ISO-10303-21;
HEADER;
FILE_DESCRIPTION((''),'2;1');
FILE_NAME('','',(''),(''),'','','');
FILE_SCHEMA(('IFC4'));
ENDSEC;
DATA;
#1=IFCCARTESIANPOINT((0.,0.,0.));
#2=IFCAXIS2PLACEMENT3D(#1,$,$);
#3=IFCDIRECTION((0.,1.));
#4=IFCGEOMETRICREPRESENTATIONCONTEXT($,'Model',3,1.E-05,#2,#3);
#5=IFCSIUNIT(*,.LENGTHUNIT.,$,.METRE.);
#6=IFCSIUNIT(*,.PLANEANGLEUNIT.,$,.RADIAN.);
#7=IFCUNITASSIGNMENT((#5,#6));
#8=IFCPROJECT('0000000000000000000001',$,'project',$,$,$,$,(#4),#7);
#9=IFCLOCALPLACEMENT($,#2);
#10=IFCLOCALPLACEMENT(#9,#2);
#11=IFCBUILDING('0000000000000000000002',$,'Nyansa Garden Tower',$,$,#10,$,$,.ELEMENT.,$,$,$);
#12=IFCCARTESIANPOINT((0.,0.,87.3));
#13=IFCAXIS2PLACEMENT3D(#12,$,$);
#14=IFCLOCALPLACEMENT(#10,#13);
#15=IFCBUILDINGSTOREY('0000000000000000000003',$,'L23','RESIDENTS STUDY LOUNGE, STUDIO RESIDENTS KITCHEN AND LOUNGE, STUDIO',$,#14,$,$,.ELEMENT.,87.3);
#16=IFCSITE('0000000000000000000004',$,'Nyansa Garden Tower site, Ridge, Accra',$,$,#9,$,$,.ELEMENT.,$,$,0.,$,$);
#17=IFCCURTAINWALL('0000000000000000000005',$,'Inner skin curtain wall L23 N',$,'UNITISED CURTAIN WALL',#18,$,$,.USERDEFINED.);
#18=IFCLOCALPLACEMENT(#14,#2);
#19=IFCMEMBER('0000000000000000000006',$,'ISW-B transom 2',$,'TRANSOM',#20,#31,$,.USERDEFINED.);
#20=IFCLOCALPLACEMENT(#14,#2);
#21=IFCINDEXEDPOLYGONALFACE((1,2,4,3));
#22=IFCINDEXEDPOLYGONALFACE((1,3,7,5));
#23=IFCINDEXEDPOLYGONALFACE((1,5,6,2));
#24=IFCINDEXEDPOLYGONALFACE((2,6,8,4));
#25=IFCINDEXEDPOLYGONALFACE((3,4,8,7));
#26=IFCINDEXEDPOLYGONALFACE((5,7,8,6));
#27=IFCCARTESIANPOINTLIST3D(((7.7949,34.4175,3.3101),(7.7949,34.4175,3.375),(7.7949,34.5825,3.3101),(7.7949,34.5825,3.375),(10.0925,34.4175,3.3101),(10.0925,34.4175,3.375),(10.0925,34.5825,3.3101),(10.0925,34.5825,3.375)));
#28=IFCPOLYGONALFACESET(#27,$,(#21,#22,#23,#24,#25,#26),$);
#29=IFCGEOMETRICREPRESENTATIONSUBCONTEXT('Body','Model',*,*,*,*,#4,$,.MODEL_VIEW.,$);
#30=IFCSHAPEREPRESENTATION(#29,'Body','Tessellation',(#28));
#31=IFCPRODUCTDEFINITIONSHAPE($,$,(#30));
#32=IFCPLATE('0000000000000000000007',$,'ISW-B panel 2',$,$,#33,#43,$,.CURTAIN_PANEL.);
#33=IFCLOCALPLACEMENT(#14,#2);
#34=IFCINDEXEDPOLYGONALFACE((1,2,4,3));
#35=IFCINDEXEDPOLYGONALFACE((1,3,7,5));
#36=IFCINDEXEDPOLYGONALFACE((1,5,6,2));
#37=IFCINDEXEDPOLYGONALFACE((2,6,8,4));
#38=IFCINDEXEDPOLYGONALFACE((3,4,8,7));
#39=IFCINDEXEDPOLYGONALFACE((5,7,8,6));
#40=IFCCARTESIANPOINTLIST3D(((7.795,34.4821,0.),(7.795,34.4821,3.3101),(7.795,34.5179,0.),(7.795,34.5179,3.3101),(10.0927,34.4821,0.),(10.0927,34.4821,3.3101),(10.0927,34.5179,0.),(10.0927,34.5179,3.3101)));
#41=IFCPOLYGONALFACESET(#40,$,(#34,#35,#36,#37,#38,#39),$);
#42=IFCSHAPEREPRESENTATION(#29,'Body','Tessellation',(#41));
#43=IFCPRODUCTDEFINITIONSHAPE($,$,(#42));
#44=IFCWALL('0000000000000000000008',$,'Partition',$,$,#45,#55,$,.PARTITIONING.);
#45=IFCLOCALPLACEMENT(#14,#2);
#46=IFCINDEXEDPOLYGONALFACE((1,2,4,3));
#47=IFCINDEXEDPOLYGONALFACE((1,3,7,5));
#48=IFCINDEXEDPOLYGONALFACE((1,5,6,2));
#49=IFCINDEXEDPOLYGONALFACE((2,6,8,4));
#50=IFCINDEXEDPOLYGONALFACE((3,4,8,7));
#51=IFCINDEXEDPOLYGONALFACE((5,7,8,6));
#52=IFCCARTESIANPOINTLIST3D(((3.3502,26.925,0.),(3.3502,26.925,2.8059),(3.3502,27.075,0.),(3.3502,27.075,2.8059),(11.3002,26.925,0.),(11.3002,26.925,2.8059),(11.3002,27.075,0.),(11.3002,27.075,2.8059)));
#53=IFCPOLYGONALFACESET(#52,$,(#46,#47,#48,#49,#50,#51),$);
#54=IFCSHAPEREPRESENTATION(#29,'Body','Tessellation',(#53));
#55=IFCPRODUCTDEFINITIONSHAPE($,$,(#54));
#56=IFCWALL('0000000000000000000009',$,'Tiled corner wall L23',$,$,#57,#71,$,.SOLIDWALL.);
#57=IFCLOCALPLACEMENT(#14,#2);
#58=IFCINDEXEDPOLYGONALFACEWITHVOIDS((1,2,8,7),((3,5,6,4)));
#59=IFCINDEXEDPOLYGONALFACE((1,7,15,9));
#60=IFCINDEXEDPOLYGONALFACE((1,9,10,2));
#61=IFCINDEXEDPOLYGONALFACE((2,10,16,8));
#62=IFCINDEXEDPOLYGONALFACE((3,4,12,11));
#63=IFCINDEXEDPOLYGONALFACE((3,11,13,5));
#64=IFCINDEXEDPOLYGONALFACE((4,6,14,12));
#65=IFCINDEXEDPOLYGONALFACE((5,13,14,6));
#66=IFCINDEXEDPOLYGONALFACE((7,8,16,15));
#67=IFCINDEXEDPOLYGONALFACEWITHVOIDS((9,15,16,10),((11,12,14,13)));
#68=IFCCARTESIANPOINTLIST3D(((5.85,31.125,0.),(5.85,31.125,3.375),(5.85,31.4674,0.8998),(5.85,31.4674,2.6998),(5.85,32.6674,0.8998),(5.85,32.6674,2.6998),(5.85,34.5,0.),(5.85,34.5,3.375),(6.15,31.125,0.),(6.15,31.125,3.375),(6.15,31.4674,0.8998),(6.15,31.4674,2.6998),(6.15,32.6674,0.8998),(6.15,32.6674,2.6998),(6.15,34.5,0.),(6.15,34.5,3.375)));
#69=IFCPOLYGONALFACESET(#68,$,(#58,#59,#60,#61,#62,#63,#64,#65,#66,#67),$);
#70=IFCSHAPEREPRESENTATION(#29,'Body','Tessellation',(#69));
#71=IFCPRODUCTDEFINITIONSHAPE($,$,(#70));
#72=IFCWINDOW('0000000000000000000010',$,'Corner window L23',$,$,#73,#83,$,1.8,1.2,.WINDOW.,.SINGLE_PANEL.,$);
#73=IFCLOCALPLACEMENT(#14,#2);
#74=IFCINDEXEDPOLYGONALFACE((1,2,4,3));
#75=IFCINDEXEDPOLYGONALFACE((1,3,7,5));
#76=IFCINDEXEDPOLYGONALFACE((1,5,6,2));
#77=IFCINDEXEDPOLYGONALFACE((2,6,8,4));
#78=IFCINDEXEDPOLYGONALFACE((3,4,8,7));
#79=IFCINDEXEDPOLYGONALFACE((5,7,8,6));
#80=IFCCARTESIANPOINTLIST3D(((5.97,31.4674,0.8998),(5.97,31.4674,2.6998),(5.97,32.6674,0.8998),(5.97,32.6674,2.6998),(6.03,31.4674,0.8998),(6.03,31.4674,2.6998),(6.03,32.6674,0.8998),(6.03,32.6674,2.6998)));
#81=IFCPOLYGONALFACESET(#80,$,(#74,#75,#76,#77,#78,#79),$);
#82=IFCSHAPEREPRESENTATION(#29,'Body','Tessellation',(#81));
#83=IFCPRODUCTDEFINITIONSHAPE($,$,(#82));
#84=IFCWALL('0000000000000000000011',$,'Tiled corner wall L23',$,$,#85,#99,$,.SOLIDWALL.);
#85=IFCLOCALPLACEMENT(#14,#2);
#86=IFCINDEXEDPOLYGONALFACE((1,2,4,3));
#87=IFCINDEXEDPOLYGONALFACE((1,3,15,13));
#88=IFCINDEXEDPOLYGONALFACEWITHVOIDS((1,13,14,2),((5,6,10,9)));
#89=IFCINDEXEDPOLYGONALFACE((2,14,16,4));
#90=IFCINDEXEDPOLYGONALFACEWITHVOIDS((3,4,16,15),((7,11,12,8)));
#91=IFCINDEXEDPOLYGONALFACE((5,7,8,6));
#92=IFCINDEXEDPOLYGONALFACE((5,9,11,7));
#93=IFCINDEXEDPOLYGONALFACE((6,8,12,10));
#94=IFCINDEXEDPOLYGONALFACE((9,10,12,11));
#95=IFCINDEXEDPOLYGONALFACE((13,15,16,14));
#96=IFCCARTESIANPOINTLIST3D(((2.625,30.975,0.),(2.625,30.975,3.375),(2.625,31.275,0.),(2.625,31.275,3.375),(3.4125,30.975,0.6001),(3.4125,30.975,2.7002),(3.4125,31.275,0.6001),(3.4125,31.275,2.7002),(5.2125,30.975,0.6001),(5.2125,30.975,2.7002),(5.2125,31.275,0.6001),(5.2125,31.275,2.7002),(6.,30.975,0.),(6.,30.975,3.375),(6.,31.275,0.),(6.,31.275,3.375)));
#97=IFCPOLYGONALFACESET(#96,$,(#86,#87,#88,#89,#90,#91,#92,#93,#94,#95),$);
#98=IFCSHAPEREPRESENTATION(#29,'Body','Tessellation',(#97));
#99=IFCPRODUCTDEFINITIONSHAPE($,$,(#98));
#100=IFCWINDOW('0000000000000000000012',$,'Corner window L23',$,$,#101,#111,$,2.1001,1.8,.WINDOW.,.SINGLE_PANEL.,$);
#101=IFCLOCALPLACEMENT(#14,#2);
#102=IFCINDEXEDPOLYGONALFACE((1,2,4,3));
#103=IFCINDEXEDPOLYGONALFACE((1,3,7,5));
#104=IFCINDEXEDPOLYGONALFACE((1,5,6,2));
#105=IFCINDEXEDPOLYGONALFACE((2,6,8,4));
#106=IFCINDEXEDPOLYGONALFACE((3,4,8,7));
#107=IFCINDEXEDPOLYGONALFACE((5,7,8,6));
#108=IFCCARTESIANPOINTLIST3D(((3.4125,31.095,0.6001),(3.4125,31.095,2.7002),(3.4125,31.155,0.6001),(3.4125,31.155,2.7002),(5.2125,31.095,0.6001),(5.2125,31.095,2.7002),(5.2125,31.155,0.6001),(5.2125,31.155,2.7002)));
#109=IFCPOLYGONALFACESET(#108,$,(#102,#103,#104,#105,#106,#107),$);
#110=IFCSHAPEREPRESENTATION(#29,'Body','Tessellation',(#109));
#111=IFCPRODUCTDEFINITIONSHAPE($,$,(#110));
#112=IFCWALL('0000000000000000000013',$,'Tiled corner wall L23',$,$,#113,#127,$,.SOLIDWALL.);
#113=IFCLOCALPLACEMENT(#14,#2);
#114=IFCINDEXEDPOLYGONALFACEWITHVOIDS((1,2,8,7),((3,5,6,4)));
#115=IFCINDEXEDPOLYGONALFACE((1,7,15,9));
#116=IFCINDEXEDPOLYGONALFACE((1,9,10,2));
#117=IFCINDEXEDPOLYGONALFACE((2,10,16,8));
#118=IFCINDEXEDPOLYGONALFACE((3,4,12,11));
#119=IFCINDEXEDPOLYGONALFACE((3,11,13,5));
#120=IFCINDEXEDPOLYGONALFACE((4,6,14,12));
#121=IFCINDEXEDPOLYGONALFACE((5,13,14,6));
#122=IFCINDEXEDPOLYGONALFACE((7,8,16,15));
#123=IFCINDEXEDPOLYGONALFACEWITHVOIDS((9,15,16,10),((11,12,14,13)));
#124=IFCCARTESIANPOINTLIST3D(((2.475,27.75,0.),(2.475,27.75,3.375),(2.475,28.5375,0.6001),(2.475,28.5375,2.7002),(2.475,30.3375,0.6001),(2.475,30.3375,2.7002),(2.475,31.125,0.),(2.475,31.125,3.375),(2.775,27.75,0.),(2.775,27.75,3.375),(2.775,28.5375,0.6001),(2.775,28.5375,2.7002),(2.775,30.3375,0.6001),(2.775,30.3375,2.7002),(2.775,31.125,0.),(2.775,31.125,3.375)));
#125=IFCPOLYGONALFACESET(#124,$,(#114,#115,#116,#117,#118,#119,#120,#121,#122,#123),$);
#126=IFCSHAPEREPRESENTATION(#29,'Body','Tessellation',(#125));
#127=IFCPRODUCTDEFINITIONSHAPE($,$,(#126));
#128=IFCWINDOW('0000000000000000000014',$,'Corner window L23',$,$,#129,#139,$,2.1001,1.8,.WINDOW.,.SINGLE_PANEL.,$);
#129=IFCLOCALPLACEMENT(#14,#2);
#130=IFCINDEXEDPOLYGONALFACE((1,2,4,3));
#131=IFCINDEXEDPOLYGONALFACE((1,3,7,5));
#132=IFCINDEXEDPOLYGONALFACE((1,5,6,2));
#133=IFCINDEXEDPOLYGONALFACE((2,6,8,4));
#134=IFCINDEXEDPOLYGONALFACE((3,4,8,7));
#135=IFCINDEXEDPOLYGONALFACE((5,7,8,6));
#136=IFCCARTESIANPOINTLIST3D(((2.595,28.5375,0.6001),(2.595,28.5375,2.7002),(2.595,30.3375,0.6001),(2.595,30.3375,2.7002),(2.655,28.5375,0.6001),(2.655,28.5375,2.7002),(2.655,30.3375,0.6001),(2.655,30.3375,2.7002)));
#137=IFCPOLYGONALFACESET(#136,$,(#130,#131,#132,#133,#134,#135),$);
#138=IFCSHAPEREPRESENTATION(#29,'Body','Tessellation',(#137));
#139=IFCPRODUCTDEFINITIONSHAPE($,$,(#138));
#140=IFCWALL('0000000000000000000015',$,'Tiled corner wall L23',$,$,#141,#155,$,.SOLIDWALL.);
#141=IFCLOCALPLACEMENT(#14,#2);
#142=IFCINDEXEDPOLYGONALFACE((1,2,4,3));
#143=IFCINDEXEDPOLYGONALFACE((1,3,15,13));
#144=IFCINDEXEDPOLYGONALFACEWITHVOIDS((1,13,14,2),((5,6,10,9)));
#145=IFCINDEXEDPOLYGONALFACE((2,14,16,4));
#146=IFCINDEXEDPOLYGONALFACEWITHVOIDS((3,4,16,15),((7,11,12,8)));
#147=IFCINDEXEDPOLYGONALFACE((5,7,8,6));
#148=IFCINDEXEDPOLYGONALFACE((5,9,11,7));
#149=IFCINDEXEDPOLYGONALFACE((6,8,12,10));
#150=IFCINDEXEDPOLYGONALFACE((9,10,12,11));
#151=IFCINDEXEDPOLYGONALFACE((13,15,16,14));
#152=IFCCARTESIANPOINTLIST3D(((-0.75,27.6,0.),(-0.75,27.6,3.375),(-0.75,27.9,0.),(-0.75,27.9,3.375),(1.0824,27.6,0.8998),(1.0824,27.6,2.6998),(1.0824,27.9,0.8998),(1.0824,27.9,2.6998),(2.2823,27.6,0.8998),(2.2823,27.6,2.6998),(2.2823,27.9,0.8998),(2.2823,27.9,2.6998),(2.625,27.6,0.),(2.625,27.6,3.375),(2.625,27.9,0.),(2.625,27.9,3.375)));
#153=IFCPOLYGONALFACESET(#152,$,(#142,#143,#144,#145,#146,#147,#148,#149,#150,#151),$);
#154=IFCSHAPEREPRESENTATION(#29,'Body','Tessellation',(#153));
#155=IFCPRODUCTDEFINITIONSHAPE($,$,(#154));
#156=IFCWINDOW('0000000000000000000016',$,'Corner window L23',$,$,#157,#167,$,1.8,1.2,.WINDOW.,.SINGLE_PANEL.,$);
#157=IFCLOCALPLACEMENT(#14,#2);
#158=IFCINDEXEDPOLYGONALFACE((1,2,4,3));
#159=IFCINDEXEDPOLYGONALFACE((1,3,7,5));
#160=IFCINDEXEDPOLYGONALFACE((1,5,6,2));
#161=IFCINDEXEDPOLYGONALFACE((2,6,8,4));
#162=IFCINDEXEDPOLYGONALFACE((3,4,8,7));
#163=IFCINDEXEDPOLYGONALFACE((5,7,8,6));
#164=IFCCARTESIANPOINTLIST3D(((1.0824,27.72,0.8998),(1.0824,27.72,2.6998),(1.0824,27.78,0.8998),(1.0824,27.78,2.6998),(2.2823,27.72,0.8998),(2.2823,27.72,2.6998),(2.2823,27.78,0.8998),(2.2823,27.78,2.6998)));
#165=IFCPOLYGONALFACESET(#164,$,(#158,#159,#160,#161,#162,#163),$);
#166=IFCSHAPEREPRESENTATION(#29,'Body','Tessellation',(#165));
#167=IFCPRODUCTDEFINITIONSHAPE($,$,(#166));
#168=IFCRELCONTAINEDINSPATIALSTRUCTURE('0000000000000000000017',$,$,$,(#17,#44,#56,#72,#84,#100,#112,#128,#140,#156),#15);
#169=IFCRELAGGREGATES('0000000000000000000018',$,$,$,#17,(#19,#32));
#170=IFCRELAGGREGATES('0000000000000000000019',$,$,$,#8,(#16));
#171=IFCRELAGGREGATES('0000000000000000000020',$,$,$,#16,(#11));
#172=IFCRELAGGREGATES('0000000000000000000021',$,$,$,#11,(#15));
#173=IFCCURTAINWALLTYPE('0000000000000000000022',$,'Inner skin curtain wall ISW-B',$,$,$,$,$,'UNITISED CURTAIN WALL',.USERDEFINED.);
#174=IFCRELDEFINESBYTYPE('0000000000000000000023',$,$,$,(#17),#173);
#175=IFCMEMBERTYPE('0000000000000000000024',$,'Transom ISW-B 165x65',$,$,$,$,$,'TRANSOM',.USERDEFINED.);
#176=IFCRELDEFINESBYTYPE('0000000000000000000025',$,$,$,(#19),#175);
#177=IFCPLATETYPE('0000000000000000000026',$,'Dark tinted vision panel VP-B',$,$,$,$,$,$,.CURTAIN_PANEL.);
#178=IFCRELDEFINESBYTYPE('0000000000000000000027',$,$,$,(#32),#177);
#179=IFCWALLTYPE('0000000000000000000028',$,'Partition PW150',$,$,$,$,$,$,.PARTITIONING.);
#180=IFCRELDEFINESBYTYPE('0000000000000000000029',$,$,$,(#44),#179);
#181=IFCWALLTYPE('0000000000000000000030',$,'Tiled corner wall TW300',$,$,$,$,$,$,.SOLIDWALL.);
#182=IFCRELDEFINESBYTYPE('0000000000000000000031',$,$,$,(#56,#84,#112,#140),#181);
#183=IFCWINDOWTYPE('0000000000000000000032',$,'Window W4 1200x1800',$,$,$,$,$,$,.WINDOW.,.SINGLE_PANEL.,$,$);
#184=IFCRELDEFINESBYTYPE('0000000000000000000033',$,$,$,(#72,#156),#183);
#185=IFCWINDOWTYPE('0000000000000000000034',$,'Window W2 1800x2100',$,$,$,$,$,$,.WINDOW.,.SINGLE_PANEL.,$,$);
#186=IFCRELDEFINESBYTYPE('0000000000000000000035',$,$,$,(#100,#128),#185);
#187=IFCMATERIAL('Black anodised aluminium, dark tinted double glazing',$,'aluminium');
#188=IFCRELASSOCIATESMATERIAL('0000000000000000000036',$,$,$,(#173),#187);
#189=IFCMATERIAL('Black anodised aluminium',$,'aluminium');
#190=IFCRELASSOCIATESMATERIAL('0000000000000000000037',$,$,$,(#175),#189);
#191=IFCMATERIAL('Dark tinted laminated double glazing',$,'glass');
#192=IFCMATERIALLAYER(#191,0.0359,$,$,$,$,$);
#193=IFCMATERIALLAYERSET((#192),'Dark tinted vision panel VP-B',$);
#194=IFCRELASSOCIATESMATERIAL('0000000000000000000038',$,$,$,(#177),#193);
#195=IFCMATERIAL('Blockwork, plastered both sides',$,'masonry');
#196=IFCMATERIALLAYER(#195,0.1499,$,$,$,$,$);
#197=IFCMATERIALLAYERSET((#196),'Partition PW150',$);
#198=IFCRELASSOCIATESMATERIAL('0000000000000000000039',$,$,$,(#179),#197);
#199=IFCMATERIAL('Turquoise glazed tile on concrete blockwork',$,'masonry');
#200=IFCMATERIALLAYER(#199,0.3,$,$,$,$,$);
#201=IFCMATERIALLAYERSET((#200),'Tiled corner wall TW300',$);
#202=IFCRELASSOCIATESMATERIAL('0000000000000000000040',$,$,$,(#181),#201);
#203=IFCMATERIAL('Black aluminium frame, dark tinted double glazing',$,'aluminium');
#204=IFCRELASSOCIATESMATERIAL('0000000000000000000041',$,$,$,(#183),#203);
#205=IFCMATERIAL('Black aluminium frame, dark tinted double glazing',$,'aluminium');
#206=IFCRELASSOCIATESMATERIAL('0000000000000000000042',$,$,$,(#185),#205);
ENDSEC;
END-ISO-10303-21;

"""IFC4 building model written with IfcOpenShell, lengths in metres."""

from ifc_helpers import new_model, si_unit, direction, frame, frame_2d, origin, origin_2d, place, context, subcontext, project, spatial, rectangle, extrude, material, layer, layer_set, material_profile, profile_set, type_object, element, fill, aggregate, save


model = new_model("IFC4")

# Units and contexts
model_context = context("Model", 3, precision=1e-05, world=origin(), true_north=direction((0.0, 1.0)))
body_context = subcontext(model_context, "Body", "Model", "MODEL_VIEW")
ifc_project = project(units=[si_unit("LENGTHUNIT", "METRE"), si_unit("PLANEANGLEUNIT", "RADIAN")], contexts=[model_context])

# Site, building, storey
site_placement = place(None, origin())
site = spatial("IfcSite", under=ifc_project, at=site_placement, Name="Nyansa Garden Tower site, Ridge, Accra", CompositionType="ELEMENT", RefElevation=0.0)
building_placement = place(site_placement, origin())
building = spatial("IfcBuilding", under=site, at=building_placement, Name="Nyansa Garden Tower", CompositionType="ELEMENT")
storey_placement = place(building_placement, frame((0.0, 0.0, 87.3)))
storey = spatial("IfcBuildingStorey", under=building, at=storey_placement, Name="L23", Description="RESIDENTS STUDY LOUNGE, STUDIO RESIDENTS KITCHEN AND LOUNGE, STUDIO", CompositionType="ELEMENT", Elevation=87.3)

# Curtain wall
ifc_material_1 = material(Name="Black anodised aluminium, dark tinted double glazing", Category="aluminium")
curtain_wall_type = type_object("IfcCurtainWallType", Name="Inner skin curtain wall ISW-B", ElementType="UNITISED CURTAIN WALL", PredefinedType="USERDEFINED", material=ifc_material_1)
curtain_wall_1_placement = place(storey_placement, origin())
curtain_wall_1 = element("IfcCurtainWall", 1, at=curtain_wall_1_placement, inside=storey, type_object=curtain_wall_type, Name="Inner skin curtain wall L23 N", ObjectType="UNITISED CURTAIN WALL", PredefinedType="USERDEFINED")

# Member
ifc_material_2 = material(Name="Black anodised aluminium", Category="aluminium")
ifc_material_profile_1 = material_profile(ifc_material_2, rectangle(XDim=0.165, YDim=0.0649, at=origin_2d()), Name="Transom 165x65")
ifc_profile_set_1 = profile_set([ifc_material_profile_1], Name="Black anodised aluminium")
member_type_1 = type_object("IfcMemberType", Name="Transom ISW-B 165x65", ElementType="TRANSOM", PredefinedType="USERDEFINED", material=ifc_profile_set_1)
member_1_placement = place(storey_placement, frame((10.0925, 34.5, 3.3425), z_axis=(-1.0, 0.0, 0.0), x_axis=(0.0, -1.0, 0.0)))
member_1 = element("IfcMember", 2, at=member_1_placement, type_object=member_type_1, Name="ISW-B transom 2", ObjectType="TRANSOM", PredefinedType="USERDEFINED", context=body_context, shape_type="SweptSolid", body=[
    extrude(rectangle(XDim=0.165, YDim=0.0649, at=origin_2d()), origin(), (0.0, 0.0, 1.0), 2.2976),
])

# Plate
ifc_material_3 = material(Name="Dark tinted laminated double glazing", Category="glass")
ifc_layer_1 = layer(ifc_material_3, 0.0359)
ifc_layer_set_1 = layer_set([ifc_layer_1], Name="Dark tinted vision panel VP-B")
plate_type = type_object("IfcPlateType", Name="Dark tinted vision panel VP-B", PredefinedType="CURTAIN_PANEL", material=ifc_layer_set_1)
plate_placement = place(storey_placement, frame((8.9438, 34.5, 0.0), z_axis=(0.0, 0.0, 1.0), x_axis=(-1.0, 0.0, 0.0)))
plate = element("IfcPlate", 3, at=plate_placement, type_object=plate_type, Name="ISW-B panel 2", PredefinedType="CURTAIN_PANEL", context=body_context, shape_type="SweptSolid", body=[
    extrude(rectangle(XDim=2.2976, YDim=0.0359, at=origin_2d()), origin(), (0.0, 0.0, 1.0), 3.3101),
])
aggregate(curtain_wall_1, [member_1, plate])

# Wall
ifc_material_4 = material(Name="Blockwork, plastered both sides", Category="masonry")
ifc_layer_2 = layer(ifc_material_4, 0.1499)
ifc_layer_set_2 = layer_set([ifc_layer_2], Name="Partition PW150")
wall_type_1 = type_object("IfcWallType", Name="Partition PW150", PredefinedType="PARTITIONING", material=ifc_layer_set_2)
wall_1_placement = place(storey_placement, frame((3.3501, 27.0, 0.0), z_axis=(0.0, 0.0, 1.0), x_axis=(1.0, 0.0, 0.0)))
element("IfcWall", 4, at=wall_1_placement, inside=storey, type_object=wall_type_1, Name="Partition", PredefinedType="PARTITIONING", context=body_context, shape_type="SweptSolid", body=[
    extrude(rectangle(XDim=7.95, YDim=0.1499, at=frame_2d((3.9751, 0.0))), origin(), (0.0, 0.0, 1.0), 2.8059),
])

# Walls, openings, windows
ifc_material_5 = material(Name="Turquoise glazed tile on concrete blockwork", Category="masonry")
ifc_layer_3 = layer(ifc_material_5, 0.3)
ifc_layer_set_3 = layer_set([ifc_layer_3], Name="Tiled corner wall TW300")
wall_type_2 = type_object("IfcWallType", Name="Tiled corner wall TW300", PredefinedType="SOLIDWALL", material=ifc_layer_set_3)
wall_2_placement = place(storey_placement, frame((6.0, 34.5, 0.0), z_axis=(0.0, 0.0, 1.0), x_axis=(0.0, -1.0, 0.0)))
wall_2 = element("IfcWall", 5, at=wall_2_placement, inside=storey, type_object=wall_type_2, Name="Tiled corner wall L23", PredefinedType="SOLIDWALL", context=body_context, shape_type="SweptSolid", body=[
    extrude(rectangle(XDim=3.375, YDim=0.3, at=frame_2d((1.6875, 0.0))), origin(), (0.0, 0.0, 1.0), 3.375),
])
opening_1_placement = place(wall_2_placement, frame((1.8325, 0.0, 0.8999)))
opening_1 = element("IfcOpeningElement", 6, at=opening_1_placement, cuts=wall_2, PredefinedType="OPENING", context=body_context, shape_type="SweptSolid", body=[
    extrude(rectangle(XDim=1.2, YDim=1.8, at=frame_2d((0.6001, 0.8999))), frame((0.0, 0.1599, 0.0), z_axis=(0.0, -1.0, 0.0), x_axis=(1.0, 0.0, 0.0)), (0.0, 0.0, 1.0), 0.3201),
])
ifc_material_6 = material(Name="Black aluminium frame, dark tinted double glazing", Category="aluminium")
window_type_1 = type_object("IfcWindowType", Name="Window W4 1200x1800", PartitioningType="SINGLE_PANEL", PredefinedType="WINDOW", material=ifc_material_6)
window_1_placement = place(opening_1_placement, origin())
window_1 = element("IfcWindow", 7, at=window_1_placement, inside=storey, type_object=window_type_1, Name="Corner window L23", OverallHeight=1.8, OverallWidth=1.2, PartitioningType="SINGLE_PANEL", PredefinedType="WINDOW", context=body_context, shape_type="SweptSolid", body=[
    extrude(rectangle(XDim=1.2, YDim=1.8, at=frame_2d((0.6001, 0.8999))), frame((0.0, 0.03, 0.0), z_axis=(0.0, -1.0, 0.0), x_axis=(1.0, 0.0, 0.0)), (0.0, 0.0, 1.0), 0.0601),
])
fill(opening_1, window_1)
wall_3_placement = place(storey_placement, frame((6.0, 31.125, 0.0), z_axis=(0.0, 0.0, 1.0), x_axis=(-1.0, 0.0, 0.0)))
wall_3 = element("IfcWall", 8, at=wall_3_placement, inside=storey, type_object=wall_type_2, Name="Tiled corner wall L23", PredefinedType="SOLIDWALL", context=body_context, shape_type="SweptSolid", body=[
    extrude(rectangle(XDim=3.375, YDim=0.3, at=frame_2d((1.6875, 0.0))), origin(), (0.0, 0.0, 1.0), 3.375),
])
opening_2_placement = place(wall_3_placement, frame((0.7876, 0.0, 0.6001)))
opening_2 = element("IfcOpeningElement", 9, at=opening_2_placement, cuts=wall_3, PredefinedType="OPENING", context=body_context, shape_type="SweptSolid", body=[
    extrude(rectangle(XDim=1.8, YDim=2.1001, at=frame_2d((0.8999, 1.05))), frame((0.0, 0.1599, 0.0), z_axis=(0.0, -1.0, 0.0), x_axis=(1.0, 0.0, 0.0)), (0.0, 0.0, 1.0), 0.3201),
])
ifc_material_7 = material(Name="Black aluminium frame, dark tinted double glazing", Category="aluminium")
window_type_2 = type_object("IfcWindowType", Name="Window W2 1800x2100", PartitioningType="SINGLE_PANEL", PredefinedType="WINDOW", material=ifc_material_7)
window_2_placement = place(opening_2_placement, origin())
window_2 = element("IfcWindow", 10, at=window_2_placement, inside=storey, type_object=window_type_2, Name="Corner window L23", OverallHeight=2.1001, OverallWidth=1.8, PartitioningType="SINGLE_PANEL", PredefinedType="WINDOW", context=body_context, shape_type="SweptSolid", body=[
    extrude(rectangle(XDim=1.8, YDim=2.1001, at=frame_2d((0.8999, 1.05))), frame((0.0, 0.03, 0.0), z_axis=(0.0, -1.0, 0.0), x_axis=(1.0, 0.0, 0.0)), (0.0, 0.0, 1.0), 0.0601),
])
fill(opening_2, window_2)
wall_4_placement = place(storey_placement, frame((2.625, 31.125, 0.0), z_axis=(0.0, 0.0, 1.0), x_axis=(0.0, -1.0, 0.0)))
wall_4 = element("IfcWall", 11, at=wall_4_placement, inside=storey, type_object=wall_type_2, Name="Tiled corner wall L23", PredefinedType="SOLIDWALL", context=body_context, shape_type="SweptSolid", body=[
    extrude(rectangle(XDim=3.375, YDim=0.3, at=frame_2d((1.6875, 0.0))), origin(), (0.0, 0.0, 1.0), 3.375),
])
opening_3_placement = place(wall_4_placement, frame((0.7876, 0.0, 0.6001)))
opening_3 = element("IfcOpeningElement", 12, at=opening_3_placement, cuts=wall_4, PredefinedType="OPENING", context=body_context, shape_type="SweptSolid", body=[
    extrude(rectangle(XDim=1.8, YDim=2.1001, at=frame_2d((0.8999, 1.05))), frame((0.0, 0.1599, 0.0), z_axis=(0.0, -1.0, 0.0), x_axis=(1.0, 0.0, 0.0)), (0.0, 0.0, 1.0), 0.3201),
])
window_3_placement = place(opening_3_placement, origin())
window_3 = element("IfcWindow", 13, at=window_3_placement, inside=storey, type_object=window_type_2, Name="Corner window L23", OverallHeight=2.1001, OverallWidth=1.8, PartitioningType="SINGLE_PANEL", PredefinedType="WINDOW", context=body_context, shape_type="SweptSolid", body=[
    extrude(rectangle(XDim=1.8, YDim=2.1001, at=frame_2d((0.8999, 1.05))), frame((0.0, 0.03, 0.0), z_axis=(0.0, -1.0, 0.0), x_axis=(1.0, 0.0, 0.0)), (0.0, 0.0, 1.0), 0.0601),
])
fill(opening_3, window_3)
wall_5_placement = place(storey_placement, frame((2.625, 27.75, 0.0), z_axis=(0.0, 0.0, 1.0), x_axis=(-1.0, 0.0, 0.0)))
wall_5 = element("IfcWall", 14, at=wall_5_placement, inside=storey, type_object=wall_type_2, Name="Tiled corner wall L23", PredefinedType="SOLIDWALL", context=body_context, shape_type="SweptSolid", body=[
    extrude(rectangle(XDim=3.375, YDim=0.3, at=frame_2d((1.6875, 0.0))), origin(), (0.0, 0.0, 1.0), 3.375),
])
opening_4_placement = place(wall_5_placement, frame((0.3425, 0.0, 0.8999)))
opening_4 = element("IfcOpeningElement", 15, at=opening_4_placement, cuts=wall_5, PredefinedType="OPENING", context=body_context, shape_type="SweptSolid", body=[
    extrude(rectangle(XDim=1.2, YDim=1.8, at=frame_2d((0.6001, 0.8999))), frame((0.0, 0.1599, 0.0), z_axis=(0.0, -1.0, 0.0), x_axis=(1.0, 0.0, 0.0)), (0.0, 0.0, 1.0), 0.3201),
])
window_4_placement = place(opening_4_placement, origin())
window_4 = element("IfcWindow", 16, at=window_4_placement, inside=storey, type_object=window_type_1, Name="Corner window L23", OverallHeight=1.8, OverallWidth=1.2, PartitioningType="SINGLE_PANEL", PredefinedType="WINDOW", context=body_context, shape_type="SweptSolid", body=[
    extrude(rectangle(XDim=1.2, YDim=1.8, at=frame_2d((0.6001, 0.8999))), frame((0.0, 0.03, 0.0), z_axis=(0.0, -1.0, 0.0), x_axis=(1.0, 0.0, 0.0)), (0.0, 0.0, 1.0), 0.0601),
])
fill(opening_4, window_4)

save(model, "model.ifc")
